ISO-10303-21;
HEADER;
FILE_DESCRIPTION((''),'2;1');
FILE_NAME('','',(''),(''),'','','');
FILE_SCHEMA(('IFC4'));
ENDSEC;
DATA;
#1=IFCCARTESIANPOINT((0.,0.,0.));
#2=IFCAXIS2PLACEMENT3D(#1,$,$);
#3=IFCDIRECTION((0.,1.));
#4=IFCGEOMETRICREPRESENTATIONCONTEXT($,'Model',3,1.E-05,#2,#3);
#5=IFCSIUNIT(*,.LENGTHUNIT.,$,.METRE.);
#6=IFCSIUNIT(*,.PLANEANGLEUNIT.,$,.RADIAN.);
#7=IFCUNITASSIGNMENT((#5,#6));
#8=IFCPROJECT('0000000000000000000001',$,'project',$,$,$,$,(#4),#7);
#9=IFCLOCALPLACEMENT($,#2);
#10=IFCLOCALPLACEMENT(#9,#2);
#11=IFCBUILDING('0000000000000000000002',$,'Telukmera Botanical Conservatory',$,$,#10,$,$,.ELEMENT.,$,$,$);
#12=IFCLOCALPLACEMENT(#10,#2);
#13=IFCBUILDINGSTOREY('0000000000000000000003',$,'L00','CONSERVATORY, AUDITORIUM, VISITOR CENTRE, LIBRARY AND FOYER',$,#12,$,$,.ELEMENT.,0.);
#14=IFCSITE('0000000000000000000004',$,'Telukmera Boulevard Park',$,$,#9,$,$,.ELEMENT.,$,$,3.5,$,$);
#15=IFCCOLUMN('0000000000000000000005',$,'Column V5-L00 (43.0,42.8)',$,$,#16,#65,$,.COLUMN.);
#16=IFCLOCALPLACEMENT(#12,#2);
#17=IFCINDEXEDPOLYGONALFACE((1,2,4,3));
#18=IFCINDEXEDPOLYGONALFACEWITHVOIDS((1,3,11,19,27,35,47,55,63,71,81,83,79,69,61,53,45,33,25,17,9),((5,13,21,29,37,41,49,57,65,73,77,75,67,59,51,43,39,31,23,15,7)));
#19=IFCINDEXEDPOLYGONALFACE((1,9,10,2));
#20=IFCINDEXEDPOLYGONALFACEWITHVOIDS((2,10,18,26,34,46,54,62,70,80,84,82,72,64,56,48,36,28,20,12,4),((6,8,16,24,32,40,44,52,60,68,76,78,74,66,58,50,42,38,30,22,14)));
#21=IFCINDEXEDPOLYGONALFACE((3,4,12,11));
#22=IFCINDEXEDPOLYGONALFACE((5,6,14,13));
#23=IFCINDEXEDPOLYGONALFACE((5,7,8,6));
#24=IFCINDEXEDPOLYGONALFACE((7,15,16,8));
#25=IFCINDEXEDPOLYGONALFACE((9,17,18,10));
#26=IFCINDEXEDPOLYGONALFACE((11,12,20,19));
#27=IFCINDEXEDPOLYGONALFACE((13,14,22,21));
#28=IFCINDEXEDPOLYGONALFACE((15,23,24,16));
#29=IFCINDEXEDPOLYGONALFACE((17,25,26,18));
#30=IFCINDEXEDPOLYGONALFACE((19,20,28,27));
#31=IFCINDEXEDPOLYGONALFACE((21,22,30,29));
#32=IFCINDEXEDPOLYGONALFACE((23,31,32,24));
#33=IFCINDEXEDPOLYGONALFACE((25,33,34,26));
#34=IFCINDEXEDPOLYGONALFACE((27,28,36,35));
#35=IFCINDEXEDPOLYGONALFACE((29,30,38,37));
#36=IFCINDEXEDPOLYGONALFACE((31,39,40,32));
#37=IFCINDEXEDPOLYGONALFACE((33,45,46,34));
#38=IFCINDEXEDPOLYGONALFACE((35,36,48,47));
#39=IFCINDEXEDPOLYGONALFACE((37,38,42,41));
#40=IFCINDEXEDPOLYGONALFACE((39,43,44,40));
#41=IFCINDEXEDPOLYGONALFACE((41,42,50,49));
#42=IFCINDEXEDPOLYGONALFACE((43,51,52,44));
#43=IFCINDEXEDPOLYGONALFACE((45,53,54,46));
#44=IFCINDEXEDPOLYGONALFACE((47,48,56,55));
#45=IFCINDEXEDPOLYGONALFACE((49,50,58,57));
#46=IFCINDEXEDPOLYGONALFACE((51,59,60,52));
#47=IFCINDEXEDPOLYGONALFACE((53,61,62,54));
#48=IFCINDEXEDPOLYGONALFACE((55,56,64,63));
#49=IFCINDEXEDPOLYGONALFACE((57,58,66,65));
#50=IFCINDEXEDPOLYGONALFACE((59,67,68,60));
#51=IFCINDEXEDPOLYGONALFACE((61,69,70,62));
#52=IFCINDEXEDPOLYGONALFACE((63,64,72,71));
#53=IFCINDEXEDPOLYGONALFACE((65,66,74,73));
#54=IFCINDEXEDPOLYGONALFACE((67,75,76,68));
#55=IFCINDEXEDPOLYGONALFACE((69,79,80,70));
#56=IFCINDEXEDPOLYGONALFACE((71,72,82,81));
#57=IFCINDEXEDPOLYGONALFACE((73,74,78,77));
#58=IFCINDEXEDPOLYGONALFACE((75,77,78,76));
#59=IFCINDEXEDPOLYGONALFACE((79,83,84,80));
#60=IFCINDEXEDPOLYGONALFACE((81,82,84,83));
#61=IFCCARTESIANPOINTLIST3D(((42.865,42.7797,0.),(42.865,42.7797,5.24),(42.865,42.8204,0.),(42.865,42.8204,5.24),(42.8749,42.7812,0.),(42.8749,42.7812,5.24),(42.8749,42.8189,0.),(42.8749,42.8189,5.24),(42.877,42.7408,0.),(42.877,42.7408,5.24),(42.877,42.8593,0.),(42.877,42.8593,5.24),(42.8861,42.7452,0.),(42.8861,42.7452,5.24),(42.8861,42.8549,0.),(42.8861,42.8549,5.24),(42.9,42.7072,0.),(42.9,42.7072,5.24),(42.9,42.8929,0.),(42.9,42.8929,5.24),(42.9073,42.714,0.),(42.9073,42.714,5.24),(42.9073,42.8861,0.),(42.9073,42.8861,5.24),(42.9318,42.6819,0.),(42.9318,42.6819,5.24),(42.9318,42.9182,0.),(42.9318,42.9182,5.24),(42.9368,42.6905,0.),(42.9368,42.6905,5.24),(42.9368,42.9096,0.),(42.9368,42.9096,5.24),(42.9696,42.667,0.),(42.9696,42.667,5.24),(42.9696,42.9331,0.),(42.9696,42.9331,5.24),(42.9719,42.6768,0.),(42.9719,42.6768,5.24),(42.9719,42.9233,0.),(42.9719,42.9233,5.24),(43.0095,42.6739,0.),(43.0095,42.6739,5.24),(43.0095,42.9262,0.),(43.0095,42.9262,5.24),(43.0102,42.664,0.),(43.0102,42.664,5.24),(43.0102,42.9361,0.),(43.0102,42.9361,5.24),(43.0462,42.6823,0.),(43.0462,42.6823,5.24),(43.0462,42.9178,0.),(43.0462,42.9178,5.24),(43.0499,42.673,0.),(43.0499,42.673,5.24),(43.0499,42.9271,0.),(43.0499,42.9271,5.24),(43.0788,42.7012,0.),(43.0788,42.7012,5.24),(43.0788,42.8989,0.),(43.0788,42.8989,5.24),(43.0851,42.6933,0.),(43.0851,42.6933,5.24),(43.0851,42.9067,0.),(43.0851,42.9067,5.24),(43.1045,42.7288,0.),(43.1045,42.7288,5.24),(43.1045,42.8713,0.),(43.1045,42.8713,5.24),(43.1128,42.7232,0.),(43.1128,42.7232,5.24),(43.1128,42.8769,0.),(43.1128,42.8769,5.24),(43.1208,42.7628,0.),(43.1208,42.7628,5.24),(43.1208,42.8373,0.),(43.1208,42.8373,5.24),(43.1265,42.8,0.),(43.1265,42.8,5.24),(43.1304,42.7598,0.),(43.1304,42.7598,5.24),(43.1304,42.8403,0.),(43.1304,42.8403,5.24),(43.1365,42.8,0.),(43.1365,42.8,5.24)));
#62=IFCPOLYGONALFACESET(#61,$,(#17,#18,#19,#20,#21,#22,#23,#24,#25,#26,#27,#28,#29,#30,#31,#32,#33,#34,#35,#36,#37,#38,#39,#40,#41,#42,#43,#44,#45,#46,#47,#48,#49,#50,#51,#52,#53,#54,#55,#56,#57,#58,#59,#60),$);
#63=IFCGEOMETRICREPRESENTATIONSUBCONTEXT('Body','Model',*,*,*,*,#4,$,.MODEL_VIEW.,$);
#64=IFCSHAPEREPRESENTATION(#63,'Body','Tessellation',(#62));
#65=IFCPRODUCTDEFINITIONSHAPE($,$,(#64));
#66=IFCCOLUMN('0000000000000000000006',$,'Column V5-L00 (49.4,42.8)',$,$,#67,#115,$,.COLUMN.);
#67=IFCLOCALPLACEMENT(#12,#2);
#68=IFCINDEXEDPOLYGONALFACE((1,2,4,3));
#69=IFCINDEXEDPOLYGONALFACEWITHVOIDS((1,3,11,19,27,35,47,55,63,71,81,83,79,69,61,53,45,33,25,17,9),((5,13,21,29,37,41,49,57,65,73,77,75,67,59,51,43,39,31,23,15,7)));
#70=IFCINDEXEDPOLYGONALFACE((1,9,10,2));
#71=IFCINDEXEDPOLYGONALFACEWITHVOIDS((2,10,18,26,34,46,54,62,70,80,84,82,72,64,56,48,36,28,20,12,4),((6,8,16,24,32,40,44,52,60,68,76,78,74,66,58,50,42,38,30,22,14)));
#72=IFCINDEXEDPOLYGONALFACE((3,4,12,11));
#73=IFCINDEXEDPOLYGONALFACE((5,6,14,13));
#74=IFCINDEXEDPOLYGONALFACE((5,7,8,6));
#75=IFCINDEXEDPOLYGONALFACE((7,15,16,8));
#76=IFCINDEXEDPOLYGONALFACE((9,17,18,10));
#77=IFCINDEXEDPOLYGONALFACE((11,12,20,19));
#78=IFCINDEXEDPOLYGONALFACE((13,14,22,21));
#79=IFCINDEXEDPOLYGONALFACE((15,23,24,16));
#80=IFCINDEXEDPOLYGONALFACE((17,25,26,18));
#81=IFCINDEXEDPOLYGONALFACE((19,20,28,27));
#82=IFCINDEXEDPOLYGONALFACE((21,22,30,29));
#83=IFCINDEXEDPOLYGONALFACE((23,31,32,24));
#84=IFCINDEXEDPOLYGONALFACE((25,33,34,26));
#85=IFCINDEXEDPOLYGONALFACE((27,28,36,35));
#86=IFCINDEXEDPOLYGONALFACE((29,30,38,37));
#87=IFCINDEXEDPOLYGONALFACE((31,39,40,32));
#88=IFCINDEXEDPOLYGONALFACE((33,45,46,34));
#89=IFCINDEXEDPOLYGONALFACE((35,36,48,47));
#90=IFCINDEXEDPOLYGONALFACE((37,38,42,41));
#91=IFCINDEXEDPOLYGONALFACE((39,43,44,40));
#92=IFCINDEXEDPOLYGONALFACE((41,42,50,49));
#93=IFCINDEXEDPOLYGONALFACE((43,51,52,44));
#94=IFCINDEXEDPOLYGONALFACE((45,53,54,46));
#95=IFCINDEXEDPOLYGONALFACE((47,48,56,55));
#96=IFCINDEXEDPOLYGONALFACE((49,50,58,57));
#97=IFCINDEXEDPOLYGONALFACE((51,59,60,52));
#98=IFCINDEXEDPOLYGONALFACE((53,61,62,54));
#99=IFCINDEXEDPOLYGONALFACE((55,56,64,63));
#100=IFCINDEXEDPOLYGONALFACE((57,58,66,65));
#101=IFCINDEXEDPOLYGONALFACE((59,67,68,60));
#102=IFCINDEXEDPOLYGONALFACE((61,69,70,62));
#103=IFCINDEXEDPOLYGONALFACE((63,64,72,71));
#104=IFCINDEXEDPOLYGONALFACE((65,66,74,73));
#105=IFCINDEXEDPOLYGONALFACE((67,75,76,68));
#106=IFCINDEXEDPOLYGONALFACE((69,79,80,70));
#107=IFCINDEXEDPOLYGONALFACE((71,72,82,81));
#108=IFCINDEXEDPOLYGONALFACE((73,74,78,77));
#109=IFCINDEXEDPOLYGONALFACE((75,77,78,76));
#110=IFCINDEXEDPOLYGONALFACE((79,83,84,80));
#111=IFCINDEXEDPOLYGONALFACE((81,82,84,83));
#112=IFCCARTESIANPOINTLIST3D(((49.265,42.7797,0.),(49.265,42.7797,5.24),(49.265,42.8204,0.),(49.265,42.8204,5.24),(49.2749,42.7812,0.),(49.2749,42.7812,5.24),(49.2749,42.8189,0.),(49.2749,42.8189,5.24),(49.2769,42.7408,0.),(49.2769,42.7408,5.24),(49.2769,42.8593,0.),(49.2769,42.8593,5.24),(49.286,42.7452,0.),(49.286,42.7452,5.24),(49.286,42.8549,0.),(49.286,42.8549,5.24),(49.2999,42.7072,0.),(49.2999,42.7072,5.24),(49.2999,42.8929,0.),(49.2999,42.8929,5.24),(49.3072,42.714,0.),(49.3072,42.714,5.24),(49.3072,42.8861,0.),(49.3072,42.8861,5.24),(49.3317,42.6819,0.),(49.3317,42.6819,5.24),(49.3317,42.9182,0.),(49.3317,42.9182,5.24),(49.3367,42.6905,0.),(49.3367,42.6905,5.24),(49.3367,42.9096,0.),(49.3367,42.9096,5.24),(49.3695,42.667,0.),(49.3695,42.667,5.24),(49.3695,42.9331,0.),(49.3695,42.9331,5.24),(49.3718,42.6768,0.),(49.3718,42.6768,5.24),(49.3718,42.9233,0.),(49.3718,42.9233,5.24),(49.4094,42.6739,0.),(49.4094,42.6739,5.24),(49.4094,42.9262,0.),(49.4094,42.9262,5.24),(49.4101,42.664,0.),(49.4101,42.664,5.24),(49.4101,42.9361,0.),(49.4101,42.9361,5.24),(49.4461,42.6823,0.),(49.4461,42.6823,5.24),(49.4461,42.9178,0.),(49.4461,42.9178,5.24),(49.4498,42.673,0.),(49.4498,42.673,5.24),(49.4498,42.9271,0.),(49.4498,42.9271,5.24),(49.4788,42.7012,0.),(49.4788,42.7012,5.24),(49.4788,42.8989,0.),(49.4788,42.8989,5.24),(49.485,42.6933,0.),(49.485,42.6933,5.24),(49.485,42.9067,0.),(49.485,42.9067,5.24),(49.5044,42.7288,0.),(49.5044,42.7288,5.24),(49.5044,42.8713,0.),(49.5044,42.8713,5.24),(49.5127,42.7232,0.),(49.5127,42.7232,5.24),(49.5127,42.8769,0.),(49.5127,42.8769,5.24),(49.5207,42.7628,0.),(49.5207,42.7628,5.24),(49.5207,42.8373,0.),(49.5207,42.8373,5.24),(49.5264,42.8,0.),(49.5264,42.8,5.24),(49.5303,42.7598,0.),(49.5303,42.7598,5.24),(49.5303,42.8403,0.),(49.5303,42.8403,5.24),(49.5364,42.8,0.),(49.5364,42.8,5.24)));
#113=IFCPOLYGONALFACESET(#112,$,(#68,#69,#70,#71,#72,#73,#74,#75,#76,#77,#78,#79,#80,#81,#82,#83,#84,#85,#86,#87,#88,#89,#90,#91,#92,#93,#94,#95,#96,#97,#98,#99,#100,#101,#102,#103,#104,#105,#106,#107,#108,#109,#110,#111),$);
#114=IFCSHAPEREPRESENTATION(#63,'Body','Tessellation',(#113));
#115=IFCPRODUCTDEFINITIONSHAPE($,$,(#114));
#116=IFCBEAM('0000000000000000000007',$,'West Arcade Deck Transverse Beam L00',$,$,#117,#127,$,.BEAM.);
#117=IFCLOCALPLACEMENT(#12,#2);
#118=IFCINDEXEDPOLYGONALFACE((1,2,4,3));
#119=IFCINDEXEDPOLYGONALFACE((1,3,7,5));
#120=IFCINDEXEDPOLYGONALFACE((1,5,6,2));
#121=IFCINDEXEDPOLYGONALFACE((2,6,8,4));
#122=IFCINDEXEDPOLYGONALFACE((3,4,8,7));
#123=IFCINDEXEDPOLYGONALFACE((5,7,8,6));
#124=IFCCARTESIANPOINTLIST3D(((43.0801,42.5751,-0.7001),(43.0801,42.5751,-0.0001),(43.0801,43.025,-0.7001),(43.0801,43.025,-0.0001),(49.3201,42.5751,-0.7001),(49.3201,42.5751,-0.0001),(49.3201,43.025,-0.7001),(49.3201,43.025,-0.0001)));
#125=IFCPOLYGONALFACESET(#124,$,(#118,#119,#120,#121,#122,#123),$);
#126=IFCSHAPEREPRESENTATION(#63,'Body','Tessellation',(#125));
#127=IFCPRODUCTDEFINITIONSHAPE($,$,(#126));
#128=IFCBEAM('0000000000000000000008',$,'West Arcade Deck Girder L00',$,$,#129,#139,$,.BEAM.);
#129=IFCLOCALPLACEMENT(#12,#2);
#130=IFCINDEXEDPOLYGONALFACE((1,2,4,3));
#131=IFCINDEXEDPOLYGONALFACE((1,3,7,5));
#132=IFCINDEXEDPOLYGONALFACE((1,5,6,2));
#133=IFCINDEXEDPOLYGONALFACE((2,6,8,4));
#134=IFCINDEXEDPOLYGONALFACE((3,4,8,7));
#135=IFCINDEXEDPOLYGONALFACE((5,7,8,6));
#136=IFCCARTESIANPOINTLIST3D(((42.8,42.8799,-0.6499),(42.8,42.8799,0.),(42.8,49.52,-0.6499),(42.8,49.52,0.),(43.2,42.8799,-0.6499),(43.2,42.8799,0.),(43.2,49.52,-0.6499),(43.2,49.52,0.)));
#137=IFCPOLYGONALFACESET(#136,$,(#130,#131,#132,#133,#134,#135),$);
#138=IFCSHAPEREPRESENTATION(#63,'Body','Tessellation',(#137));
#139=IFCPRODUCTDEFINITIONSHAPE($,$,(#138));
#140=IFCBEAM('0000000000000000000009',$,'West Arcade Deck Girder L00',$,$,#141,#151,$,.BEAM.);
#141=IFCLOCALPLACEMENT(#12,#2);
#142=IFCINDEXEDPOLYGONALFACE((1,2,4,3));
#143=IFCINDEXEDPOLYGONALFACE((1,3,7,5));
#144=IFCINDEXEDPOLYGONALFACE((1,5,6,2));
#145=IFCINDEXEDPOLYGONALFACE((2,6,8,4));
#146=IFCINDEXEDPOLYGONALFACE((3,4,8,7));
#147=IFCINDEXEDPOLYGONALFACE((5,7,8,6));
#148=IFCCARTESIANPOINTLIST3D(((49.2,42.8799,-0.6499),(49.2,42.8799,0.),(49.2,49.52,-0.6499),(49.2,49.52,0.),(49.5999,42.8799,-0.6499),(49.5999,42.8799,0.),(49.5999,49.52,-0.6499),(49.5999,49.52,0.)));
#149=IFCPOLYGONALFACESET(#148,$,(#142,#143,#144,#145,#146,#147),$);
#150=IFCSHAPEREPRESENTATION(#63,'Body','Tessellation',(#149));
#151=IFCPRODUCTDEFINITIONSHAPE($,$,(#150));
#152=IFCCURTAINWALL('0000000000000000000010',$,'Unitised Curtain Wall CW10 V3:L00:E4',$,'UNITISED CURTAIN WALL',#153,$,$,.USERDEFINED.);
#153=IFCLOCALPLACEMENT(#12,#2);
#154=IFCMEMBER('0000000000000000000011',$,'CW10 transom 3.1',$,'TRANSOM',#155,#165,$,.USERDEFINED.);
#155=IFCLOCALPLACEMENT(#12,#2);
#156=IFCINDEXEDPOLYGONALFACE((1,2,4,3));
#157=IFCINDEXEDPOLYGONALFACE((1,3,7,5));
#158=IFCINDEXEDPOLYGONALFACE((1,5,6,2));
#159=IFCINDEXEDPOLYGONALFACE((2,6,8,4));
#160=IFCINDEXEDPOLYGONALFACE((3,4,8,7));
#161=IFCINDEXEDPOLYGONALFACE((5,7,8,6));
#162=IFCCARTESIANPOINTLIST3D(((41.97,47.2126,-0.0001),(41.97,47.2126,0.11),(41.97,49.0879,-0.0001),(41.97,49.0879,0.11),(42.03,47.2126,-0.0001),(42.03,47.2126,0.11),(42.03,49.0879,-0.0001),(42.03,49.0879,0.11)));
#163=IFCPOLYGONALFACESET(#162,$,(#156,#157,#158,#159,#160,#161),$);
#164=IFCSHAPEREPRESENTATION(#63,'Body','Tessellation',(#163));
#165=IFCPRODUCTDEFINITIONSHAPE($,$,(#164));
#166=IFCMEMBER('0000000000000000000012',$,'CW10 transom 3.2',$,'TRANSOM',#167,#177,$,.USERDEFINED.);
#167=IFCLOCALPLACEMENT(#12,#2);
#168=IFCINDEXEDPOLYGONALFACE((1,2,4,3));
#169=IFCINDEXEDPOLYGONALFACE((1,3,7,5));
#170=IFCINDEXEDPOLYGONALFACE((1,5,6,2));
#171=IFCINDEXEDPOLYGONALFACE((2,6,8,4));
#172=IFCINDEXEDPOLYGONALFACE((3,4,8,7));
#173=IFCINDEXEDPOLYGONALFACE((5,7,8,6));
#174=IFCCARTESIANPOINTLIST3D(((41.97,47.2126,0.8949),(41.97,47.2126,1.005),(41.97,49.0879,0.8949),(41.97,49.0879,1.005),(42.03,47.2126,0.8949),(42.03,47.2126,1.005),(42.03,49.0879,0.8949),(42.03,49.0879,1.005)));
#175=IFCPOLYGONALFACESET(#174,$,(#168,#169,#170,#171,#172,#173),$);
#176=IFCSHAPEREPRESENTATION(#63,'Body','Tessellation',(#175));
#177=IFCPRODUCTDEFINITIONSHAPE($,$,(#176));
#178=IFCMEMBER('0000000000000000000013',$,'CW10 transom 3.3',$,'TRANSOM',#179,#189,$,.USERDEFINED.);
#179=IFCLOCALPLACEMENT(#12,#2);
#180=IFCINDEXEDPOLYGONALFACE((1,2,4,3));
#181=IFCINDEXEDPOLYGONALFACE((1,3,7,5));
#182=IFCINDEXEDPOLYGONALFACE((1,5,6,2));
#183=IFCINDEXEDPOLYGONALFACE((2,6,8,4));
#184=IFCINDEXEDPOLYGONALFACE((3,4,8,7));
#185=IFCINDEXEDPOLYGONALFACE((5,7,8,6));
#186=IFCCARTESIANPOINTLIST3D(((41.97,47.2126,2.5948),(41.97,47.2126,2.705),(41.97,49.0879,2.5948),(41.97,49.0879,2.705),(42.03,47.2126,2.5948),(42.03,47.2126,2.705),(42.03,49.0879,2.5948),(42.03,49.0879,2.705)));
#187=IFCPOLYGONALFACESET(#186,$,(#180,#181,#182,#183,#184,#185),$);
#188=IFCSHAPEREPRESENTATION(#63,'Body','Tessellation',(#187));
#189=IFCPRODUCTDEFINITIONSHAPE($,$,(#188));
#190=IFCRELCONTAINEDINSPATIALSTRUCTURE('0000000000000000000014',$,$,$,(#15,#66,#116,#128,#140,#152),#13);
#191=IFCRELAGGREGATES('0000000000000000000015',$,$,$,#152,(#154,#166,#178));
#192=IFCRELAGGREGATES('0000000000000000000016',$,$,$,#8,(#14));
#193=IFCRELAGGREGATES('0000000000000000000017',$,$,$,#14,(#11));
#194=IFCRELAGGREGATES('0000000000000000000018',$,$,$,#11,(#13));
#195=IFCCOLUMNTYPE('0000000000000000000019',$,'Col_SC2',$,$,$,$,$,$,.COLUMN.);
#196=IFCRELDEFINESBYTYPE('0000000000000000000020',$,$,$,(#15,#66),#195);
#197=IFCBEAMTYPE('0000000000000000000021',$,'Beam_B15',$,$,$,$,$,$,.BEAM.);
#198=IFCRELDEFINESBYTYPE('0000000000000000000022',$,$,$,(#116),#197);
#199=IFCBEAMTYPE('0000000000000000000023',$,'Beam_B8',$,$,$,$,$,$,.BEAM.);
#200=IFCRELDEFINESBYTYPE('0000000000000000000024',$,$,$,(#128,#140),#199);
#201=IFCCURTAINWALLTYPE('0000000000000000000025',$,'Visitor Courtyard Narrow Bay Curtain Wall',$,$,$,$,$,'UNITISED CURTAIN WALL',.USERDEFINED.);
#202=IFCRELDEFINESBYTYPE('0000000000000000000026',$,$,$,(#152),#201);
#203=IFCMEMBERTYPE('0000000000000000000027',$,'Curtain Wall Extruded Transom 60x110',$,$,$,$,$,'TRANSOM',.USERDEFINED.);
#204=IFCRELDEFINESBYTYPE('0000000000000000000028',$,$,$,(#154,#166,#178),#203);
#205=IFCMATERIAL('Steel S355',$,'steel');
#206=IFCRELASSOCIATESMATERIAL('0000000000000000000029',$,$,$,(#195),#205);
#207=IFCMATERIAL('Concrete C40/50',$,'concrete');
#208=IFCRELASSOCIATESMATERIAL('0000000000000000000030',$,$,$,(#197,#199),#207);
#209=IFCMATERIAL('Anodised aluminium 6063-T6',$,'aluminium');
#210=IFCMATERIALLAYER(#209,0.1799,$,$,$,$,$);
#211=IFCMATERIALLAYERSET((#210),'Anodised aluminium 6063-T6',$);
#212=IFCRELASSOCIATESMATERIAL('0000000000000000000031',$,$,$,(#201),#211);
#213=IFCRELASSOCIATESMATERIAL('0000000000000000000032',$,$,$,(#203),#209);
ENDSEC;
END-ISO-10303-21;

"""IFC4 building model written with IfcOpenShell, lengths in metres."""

from ifc_helpers import new_model, si_unit, direction, frame, origin, origin_2d, place, context, subcontext, project, spatial, rectangle, hollow_circle, extrude, material, layer, layer_set, material_profile, profile_set, type_object, element, aggregate, save


model = new_model("IFC4")

# Units and contexts
model_context = context("Model", 3, precision=1e-05, world=origin(), true_north=direction((0.0, 1.0)))
body_context = subcontext(model_context, "Body", "Model", "MODEL_VIEW")
ifc_project = project(units=[si_unit("LENGTHUNIT", "METRE"), si_unit("PLANEANGLEUNIT", "RADIAN")], contexts=[model_context])

# Site, building, storey
site_placement = place(None, origin())
site = spatial("IfcSite", under=ifc_project, at=site_placement, Name="Telukmera Boulevard Park", CompositionType="ELEMENT", RefElevation=3.5)
building_placement = place(site_placement, origin())
building = spatial("IfcBuilding", under=site, at=building_placement, Name="Telukmera Botanical Conservatory", CompositionType="ELEMENT")
storey_placement = place(building_placement, origin())
storey = spatial("IfcBuildingStorey", under=building, at=storey_placement, Name="L00", Description="CONSERVATORY, AUDITORIUM, VISITOR CENTRE, LIBRARY AND FOYER", CompositionType="ELEMENT", Elevation=0.0)

# Columns
ifc_material_1 = material(Name="Steel S355", Category="steel")
ifc_material_profile_1 = material_profile(ifc_material_1, hollow_circle(Radius=0.1365, WallThickness=0.01, at=origin_2d()), Name="CHS 273.0x10.0")
ifc_profile_set_1 = profile_set([ifc_material_profile_1], Name="Steel S355")
column_type = type_object("IfcColumnType", Name="Col_SC2", PredefinedType="COLUMN", material=ifc_profile_set_1)
for number, where, z_axis, x_axis, name in (
    (1, (43.0, 42.8, 0.0), (0.0, 0.0, 1.0), (1.0, 0.0, 0.0), "Column V5-L00 (43.0,42.8)"),
    (2, (49.3999, 42.8, 0.0), (0.0, 0.0, 1.0), (1.0, 0.0, 0.0), "Column V5-L00 (49.4,42.8)"),
):
    element("IfcColumn", number, at=place(storey_placement, frame(where, z_axis=z_axis, x_axis=x_axis)), inside=storey, type_object=column_type, Name=name, PredefinedType="COLUMN", context=body_context, shape_type="SweptSolid", body=[
        extrude(hollow_circle(Radius=0.1365, WallThickness=0.01, at=origin_2d()), origin(), (0.0, 0.0, 1.0), 5.24),
    ])

# Beams
ifc_material_2 = material(Name="Concrete C40/50", Category="concrete")
ifc_material_profile_2 = material_profile(ifc_material_2, rectangle(XDim=0.45, YDim=0.7, at=origin_2d()), Name="RC 450x700")
ifc_profile_set_2 = profile_set([ifc_material_profile_2], Name="Concrete C40/50")
beam_type_1 = type_object("IfcBeamType", Name="Beam_B15", PredefinedType="BEAM", material=ifc_profile_set_2)
beam_placement = place(storey_placement, frame((43.0801, 42.8, -0.3501), z_axis=(1.0, 0.0, 0.0), x_axis=(0.0, 1.0, 0.0)))
element("IfcBeam", 3, at=beam_placement, inside=storey, type_object=beam_type_1, Name="West Arcade Deck Transverse Beam L00", PredefinedType="BEAM", context=body_context, shape_type="SweptSolid", body=[
    extrude(rectangle(XDim=0.45, YDim=0.7, at=origin_2d()), origin(), (0.0, 0.0, 1.0), 6.24),
])
ifc_material_profile_3 = material_profile(ifc_material_2, rectangle(XDim=0.3999, YDim=0.6499, at=origin_2d()), Name="RC 400x650")
ifc_profile_set_3 = profile_set([ifc_material_profile_3], Name="Concrete C40/50")
beam_type_2 = type_object("IfcBeamType", Name="Beam_B8", PredefinedType="BEAM", material=ifc_profile_set_3)
for number, where, z_axis, x_axis, name in (
    (4, (43.0, 42.8799, -0.325), (0.0, 1.0, 0.0), (-1.0, 0.0, 0.0), "West Arcade Deck Girder L00"),
    (5, (49.3999, 42.8799, -0.325), (0.0, 1.0, 0.0), (-1.0, 0.0, 0.0), "West Arcade Deck Girder L00"),
):
    element("IfcBeam", number, at=place(storey_placement, frame(where, z_axis=z_axis, x_axis=x_axis)), inside=storey, type_object=beam_type_2, Name=name, PredefinedType="BEAM", context=body_context, shape_type="SweptSolid", body=[
        extrude(rectangle(XDim=0.3999, YDim=0.6499, at=origin_2d()), origin(), (0.0, 0.0, 1.0), 6.6401),
    ])

# Curtain wall, members
ifc_material_3 = material(Name="Anodised aluminium 6063-T6", Category="aluminium")
ifc_layer_1 = layer(ifc_material_3, 0.1799)
ifc_layer_set_1 = layer_set([ifc_layer_1], Name="Anodised aluminium 6063-T6")
curtain_wall_type = type_object("IfcCurtainWallType", Name="Visitor Courtyard Narrow Bay Curtain Wall", ElementType="UNITISED CURTAIN WALL", PredefinedType="USERDEFINED", material=ifc_layer_set_1)
curtain_wall_placement = place(storey_placement, origin())
curtain_wall = element("IfcCurtainWall", 6, at=curtain_wall_placement, inside=storey, type_object=curtain_wall_type, Name="Unitised Curtain Wall CW10 V3:L00:E4", ObjectType="UNITISED CURTAIN WALL", PredefinedType="USERDEFINED")
ifc_material_profile_4 = material_profile(ifc_material_3, rectangle(XDim=0.0601, YDim=0.1101, at=origin_2d()), Name="ALU TRAN 60x110")
ifc_profile_set_4 = profile_set([ifc_material_profile_4], Name="Anodised aluminium 6063-T6")
member_type = type_object("IfcMemberType", Name="Curtain Wall Extruded Transom 60x110", ElementType="TRANSOM", PredefinedType="USERDEFINED", material=ifc_profile_set_4)
member_1_placement = place(storey_placement, frame((42.0, 47.2126, 0.0549), z_axis=(0.0, 1.0, 0.0), x_axis=(-1.0, 0.0, 0.0)))
member_1 = element("IfcMember", 7, at=member_1_placement, type_object=member_type, Name="CW10 transom 3.1", ObjectType="TRANSOM", PredefinedType="USERDEFINED", context=body_context, shape_type="SweptSolid", body=[
    extrude(rectangle(XDim=0.0601, YDim=0.1101, at=origin_2d()), origin(), (0.0, 0.0, 1.0), 1.8752),
])
member_2_placement = place(storey_placement, frame((42.0, 47.2126, 0.95), z_axis=(0.0, 1.0, 0.0), x_axis=(-1.0, 0.0, 0.0)))
member_2 = element("IfcMember", 8, at=member_2_placement, type_object=member_type, Name="CW10 transom 3.2", ObjectType="TRANSOM", PredefinedType="USERDEFINED", context=body_context, shape_type="SweptSolid", body=[
    extrude(rectangle(XDim=0.0601, YDim=0.1101, at=origin_2d()), origin(), (0.0, 0.0, 1.0), 1.8752),
])
member_3_placement = place(storey_placement, frame((42.0, 47.2126, 2.6499), z_axis=(0.0, 1.0, 0.0), x_axis=(-1.0, 0.0, 0.0)))
member_3 = element("IfcMember", 9, at=member_3_placement, type_object=member_type, Name="CW10 transom 3.3", ObjectType="TRANSOM", PredefinedType="USERDEFINED", context=body_context, shape_type="SweptSolid", body=[
    extrude(rectangle(XDim=0.0601, YDim=0.1101, at=origin_2d()), origin(), (0.0, 0.0, 1.0), 1.8752),
])

aggregate(curtain_wall, [member_1, member_2, member_3])

save(model, "model.ifc")
